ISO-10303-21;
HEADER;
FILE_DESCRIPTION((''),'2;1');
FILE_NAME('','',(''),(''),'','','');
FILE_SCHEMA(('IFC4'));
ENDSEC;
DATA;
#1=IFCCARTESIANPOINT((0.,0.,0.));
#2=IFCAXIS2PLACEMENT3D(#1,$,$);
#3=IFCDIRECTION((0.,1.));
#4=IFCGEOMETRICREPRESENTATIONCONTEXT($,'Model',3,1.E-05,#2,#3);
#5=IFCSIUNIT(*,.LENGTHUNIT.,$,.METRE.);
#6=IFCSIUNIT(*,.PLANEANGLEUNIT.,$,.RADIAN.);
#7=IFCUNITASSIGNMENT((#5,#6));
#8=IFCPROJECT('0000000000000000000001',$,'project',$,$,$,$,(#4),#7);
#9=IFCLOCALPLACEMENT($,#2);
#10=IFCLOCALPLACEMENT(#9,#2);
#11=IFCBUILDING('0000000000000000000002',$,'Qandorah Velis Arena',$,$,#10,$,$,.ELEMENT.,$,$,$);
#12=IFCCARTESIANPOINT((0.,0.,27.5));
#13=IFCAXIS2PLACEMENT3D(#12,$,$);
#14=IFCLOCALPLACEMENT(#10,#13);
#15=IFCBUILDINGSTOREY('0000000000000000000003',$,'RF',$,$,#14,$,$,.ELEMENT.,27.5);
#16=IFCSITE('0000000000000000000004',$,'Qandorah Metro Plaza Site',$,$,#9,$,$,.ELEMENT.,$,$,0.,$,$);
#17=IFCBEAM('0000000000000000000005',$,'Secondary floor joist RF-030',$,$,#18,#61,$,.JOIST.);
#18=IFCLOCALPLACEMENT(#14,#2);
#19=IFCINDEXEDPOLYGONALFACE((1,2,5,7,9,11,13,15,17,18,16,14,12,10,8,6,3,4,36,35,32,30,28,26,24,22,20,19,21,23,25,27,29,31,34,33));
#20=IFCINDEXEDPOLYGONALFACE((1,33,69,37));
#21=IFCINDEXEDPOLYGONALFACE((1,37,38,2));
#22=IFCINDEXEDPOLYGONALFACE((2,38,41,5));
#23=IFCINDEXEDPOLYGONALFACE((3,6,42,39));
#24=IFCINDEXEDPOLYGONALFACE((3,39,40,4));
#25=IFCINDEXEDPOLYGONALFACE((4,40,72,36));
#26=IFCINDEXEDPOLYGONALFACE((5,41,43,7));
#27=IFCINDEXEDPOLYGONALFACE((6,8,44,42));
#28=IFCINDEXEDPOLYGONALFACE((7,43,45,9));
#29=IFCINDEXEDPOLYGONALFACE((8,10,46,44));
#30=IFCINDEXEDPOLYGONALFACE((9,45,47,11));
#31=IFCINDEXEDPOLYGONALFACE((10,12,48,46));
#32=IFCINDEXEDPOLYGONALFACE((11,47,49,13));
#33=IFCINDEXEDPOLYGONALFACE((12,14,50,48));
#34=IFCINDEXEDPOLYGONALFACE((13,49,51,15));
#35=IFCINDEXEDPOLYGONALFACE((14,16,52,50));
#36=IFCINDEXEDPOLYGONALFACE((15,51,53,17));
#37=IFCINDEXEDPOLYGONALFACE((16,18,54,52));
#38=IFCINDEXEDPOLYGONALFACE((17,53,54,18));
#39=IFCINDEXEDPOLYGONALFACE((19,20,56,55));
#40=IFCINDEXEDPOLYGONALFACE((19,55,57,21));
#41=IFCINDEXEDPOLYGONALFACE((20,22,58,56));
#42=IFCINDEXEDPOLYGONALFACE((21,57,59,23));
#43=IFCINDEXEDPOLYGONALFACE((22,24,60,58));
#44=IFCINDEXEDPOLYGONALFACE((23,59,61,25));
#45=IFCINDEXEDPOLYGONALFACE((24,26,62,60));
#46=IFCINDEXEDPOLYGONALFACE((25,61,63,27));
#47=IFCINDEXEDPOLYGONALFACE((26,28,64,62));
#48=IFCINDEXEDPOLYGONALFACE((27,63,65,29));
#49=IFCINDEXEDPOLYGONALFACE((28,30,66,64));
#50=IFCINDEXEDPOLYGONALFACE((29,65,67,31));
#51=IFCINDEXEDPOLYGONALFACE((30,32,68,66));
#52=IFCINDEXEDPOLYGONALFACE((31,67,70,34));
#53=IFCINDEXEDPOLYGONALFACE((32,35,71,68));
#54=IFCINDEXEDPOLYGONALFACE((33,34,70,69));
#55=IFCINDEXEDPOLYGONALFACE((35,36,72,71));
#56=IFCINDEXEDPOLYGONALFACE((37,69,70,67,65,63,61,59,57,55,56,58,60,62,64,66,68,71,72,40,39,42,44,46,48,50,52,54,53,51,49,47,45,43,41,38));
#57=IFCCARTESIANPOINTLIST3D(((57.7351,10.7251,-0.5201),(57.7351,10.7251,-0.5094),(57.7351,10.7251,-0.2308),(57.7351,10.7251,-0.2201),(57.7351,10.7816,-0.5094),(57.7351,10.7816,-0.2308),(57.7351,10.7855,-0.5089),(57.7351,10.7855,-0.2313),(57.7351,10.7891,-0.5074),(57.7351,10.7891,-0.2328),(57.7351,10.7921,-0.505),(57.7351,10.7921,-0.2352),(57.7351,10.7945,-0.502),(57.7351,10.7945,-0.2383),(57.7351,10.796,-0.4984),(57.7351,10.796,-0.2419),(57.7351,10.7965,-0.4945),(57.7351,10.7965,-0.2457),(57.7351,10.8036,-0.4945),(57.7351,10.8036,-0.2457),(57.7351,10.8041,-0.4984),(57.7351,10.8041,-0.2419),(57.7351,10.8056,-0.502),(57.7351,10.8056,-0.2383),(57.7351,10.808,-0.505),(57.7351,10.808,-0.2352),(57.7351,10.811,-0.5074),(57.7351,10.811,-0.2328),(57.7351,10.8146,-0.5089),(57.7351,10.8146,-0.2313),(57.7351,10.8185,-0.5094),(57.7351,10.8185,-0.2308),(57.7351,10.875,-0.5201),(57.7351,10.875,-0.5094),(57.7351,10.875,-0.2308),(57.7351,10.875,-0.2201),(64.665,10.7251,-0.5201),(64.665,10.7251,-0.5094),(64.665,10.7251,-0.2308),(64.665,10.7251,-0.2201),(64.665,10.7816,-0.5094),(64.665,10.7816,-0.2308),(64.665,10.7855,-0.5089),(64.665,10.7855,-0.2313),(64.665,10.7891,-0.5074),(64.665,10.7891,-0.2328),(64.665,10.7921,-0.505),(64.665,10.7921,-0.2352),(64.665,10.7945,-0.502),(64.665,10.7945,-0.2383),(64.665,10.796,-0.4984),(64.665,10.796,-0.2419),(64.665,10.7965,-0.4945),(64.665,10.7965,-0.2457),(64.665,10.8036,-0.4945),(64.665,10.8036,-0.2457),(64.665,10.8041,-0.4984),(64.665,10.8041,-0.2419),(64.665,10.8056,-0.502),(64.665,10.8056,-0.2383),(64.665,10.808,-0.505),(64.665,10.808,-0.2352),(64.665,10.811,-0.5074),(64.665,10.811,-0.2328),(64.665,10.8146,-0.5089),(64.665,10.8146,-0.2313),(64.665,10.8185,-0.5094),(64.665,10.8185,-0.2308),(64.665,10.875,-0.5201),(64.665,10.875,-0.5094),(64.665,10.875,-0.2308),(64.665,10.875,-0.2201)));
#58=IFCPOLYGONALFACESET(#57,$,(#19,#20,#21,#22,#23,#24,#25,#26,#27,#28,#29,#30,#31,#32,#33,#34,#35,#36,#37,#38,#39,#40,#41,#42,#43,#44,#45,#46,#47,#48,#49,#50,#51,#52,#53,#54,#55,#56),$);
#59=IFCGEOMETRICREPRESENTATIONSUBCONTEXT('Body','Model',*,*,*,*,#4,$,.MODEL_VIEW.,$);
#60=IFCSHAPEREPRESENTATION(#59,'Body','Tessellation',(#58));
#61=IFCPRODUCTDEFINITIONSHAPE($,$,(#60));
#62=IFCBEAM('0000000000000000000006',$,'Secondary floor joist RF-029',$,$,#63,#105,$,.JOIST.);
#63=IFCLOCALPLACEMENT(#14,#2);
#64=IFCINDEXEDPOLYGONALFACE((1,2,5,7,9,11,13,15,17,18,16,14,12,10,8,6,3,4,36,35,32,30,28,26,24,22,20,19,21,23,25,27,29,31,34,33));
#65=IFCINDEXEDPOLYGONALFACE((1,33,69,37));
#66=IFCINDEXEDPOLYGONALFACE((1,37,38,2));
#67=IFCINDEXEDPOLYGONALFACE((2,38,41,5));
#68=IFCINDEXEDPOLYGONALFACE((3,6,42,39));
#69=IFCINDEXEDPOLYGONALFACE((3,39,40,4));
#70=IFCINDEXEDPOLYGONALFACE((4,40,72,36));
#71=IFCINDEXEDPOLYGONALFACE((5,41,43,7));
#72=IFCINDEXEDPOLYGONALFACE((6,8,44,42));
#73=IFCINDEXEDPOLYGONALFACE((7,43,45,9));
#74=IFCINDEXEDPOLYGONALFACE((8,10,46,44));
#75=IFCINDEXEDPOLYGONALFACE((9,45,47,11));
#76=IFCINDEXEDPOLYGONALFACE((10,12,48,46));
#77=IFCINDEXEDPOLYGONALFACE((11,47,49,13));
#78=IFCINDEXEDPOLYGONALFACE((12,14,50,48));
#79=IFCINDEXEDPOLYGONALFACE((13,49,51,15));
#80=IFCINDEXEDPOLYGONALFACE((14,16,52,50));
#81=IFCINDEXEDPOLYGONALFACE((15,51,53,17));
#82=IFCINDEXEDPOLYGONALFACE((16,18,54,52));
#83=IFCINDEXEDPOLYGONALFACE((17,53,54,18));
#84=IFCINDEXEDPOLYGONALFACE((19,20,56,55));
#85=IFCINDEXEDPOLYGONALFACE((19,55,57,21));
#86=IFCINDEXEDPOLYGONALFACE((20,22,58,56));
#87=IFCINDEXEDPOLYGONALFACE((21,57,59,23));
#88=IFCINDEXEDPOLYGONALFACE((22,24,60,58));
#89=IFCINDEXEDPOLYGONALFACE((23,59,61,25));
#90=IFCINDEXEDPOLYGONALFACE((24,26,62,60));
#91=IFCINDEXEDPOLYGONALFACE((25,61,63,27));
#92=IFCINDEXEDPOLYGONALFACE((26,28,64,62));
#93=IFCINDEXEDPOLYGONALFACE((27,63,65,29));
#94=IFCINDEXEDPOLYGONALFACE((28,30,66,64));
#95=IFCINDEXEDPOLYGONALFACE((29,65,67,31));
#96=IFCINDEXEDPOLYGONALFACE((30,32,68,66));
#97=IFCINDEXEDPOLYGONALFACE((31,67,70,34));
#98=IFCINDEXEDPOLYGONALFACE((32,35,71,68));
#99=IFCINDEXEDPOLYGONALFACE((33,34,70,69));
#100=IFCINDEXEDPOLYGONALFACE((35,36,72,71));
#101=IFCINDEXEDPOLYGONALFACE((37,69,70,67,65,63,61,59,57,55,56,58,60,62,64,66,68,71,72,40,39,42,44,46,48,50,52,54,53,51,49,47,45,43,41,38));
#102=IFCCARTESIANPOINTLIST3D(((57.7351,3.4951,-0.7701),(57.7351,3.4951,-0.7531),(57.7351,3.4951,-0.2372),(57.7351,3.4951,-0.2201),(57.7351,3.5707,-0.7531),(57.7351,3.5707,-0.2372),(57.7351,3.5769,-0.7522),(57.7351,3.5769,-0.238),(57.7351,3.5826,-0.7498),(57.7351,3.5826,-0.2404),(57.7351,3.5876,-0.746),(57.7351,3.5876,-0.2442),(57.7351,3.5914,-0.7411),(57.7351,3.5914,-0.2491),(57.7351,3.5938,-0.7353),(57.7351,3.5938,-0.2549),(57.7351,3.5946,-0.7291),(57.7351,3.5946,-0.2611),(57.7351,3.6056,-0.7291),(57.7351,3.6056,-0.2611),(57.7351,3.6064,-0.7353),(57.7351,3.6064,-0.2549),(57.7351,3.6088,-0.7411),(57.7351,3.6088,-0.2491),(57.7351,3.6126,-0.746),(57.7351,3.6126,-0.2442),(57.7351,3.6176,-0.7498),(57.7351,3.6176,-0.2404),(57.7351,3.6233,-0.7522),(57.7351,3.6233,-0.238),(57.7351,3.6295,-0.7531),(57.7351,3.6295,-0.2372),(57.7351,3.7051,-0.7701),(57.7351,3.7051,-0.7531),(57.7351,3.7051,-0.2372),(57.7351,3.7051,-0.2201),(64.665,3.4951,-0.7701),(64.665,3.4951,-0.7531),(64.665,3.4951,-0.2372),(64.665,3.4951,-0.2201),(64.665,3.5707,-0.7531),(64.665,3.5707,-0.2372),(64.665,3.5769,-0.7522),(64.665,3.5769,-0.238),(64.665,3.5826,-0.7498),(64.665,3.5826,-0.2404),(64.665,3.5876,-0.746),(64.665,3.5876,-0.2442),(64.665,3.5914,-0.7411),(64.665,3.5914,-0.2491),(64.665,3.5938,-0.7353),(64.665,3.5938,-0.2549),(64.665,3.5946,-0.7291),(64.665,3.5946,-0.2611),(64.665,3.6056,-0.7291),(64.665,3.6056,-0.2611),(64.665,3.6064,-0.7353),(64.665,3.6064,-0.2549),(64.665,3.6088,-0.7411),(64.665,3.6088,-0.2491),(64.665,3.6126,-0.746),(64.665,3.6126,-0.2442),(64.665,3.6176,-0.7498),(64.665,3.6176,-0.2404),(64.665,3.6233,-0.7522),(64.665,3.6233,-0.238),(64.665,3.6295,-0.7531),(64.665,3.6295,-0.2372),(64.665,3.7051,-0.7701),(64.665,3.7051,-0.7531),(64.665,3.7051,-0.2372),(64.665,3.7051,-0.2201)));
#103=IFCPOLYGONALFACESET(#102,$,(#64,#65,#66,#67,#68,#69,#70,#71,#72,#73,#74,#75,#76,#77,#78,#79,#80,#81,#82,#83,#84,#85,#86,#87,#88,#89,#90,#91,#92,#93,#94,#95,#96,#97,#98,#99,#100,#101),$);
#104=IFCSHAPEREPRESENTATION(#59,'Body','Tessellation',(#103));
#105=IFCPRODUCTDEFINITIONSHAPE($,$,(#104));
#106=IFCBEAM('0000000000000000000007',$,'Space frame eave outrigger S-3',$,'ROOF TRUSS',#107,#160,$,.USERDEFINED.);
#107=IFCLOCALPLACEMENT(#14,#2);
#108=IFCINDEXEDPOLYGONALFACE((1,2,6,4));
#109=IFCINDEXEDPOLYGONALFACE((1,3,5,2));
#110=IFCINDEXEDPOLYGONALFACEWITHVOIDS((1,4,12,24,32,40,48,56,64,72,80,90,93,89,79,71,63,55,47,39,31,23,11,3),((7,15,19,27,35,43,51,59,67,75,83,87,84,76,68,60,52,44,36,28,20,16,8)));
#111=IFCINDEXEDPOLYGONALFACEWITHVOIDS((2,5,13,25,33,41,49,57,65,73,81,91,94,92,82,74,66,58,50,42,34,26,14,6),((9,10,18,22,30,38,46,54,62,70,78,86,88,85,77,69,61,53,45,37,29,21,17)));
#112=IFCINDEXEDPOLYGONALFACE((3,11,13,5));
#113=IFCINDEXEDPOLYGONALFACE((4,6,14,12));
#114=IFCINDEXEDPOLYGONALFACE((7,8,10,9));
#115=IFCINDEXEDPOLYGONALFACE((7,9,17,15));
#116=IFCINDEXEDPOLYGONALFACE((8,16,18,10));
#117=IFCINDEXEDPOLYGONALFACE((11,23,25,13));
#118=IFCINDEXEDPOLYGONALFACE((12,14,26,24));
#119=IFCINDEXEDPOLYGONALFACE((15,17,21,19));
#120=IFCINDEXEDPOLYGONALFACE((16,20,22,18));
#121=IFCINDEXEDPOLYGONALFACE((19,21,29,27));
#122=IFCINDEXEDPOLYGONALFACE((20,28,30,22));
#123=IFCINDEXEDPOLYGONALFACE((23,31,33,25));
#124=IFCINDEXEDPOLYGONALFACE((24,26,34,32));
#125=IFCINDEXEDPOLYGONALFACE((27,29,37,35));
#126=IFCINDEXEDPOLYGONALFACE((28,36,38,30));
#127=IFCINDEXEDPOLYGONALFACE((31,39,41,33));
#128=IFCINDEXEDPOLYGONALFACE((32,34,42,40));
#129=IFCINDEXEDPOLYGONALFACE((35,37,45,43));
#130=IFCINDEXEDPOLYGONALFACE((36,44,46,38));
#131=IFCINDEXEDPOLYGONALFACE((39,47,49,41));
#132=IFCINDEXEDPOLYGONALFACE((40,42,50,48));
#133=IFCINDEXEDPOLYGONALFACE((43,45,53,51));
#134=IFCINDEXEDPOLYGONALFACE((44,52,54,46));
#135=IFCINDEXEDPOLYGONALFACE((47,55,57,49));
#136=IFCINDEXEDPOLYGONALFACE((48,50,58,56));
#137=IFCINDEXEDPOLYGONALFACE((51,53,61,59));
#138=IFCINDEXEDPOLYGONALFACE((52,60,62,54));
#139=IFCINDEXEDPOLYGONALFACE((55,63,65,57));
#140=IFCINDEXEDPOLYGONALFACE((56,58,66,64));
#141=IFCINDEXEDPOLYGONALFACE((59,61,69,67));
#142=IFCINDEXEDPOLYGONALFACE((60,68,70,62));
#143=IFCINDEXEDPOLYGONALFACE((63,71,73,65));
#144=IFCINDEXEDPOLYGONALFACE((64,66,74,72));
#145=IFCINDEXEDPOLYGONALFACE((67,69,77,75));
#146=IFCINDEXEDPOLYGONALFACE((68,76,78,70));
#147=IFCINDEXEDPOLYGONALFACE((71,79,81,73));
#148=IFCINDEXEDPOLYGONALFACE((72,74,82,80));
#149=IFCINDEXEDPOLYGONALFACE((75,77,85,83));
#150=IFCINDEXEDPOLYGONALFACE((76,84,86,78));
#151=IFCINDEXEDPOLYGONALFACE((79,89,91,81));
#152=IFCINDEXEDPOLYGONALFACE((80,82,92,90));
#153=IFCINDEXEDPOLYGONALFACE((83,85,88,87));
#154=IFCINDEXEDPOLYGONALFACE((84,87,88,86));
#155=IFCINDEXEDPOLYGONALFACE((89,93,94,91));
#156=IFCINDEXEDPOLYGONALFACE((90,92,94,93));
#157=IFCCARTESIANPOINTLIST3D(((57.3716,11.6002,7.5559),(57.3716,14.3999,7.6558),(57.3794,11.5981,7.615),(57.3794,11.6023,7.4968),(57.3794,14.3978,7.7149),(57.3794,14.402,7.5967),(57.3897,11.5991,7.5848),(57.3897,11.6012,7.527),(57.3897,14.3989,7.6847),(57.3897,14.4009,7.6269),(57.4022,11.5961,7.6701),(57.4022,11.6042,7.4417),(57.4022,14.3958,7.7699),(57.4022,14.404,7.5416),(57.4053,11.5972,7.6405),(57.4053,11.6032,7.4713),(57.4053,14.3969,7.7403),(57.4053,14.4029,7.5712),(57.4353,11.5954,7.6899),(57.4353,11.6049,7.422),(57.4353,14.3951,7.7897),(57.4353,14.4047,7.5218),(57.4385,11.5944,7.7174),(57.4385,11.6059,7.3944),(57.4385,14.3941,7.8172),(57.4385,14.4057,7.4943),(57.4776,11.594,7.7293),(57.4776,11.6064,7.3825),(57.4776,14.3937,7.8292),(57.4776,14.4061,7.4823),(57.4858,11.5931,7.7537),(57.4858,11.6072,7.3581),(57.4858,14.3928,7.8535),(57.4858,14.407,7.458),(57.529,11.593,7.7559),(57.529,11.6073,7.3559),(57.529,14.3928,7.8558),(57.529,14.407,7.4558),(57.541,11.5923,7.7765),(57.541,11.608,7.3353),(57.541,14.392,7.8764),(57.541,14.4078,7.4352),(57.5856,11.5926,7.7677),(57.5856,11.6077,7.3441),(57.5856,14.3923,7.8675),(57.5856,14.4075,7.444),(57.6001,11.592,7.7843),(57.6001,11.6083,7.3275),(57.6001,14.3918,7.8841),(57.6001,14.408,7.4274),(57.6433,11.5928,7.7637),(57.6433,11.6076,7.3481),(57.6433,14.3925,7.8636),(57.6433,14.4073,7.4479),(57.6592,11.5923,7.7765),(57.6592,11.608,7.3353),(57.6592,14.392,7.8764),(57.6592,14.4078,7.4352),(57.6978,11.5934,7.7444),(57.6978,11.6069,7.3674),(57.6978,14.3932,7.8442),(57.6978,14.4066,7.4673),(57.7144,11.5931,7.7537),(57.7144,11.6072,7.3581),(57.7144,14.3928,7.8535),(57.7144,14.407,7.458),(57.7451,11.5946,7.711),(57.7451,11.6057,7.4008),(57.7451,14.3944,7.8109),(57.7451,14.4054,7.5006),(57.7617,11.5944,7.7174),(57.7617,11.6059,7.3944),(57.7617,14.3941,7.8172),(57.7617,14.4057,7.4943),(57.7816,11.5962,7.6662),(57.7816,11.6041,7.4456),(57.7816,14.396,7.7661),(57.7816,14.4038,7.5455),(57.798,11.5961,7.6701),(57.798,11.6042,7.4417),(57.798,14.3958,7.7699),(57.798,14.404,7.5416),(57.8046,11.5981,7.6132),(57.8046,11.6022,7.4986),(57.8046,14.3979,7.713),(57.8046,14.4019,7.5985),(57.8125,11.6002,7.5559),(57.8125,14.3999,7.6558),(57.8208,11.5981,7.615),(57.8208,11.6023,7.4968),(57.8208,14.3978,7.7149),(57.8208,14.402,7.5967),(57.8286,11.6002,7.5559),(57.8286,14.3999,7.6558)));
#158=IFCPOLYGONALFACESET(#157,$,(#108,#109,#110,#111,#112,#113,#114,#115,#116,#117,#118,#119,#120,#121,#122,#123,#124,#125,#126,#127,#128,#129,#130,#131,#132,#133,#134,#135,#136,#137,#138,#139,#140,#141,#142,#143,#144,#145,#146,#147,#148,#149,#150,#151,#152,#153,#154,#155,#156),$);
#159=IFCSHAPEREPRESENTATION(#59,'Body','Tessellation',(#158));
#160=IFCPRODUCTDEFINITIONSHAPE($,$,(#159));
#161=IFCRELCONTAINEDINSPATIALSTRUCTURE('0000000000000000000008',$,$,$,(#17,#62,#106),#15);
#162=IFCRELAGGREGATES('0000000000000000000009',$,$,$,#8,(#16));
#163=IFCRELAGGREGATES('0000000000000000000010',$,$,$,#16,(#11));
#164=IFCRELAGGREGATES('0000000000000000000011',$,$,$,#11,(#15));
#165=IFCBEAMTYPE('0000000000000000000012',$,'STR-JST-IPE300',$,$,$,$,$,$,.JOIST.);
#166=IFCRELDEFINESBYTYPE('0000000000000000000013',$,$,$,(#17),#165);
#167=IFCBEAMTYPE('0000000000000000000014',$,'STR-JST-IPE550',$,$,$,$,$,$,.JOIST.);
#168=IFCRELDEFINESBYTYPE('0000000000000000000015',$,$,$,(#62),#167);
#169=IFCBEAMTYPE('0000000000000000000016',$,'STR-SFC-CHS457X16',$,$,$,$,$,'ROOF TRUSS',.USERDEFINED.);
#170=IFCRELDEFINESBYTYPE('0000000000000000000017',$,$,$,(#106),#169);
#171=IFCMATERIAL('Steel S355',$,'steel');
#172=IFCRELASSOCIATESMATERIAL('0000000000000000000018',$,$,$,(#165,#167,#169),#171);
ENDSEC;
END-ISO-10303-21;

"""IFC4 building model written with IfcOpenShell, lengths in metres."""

from ifc_helpers import new_model, si_unit, direction, frame, origin, origin_2d, place, context, subcontext, project, spatial, hollow_circle, i_section, extrude, material, material_profile, profile_set, type_object, element, save


model = new_model("IFC4")

# Units and contexts
model_context = context("Model", 3, precision=1e-05, world=origin(), true_north=direction((0.0, 1.0)))
body_context = subcontext(model_context, "Body", "Model", "MODEL_VIEW")
ifc_project = project(units=[si_unit("LENGTHUNIT", "METRE"), si_unit("PLANEANGLEUNIT", "RADIAN")], contexts=[model_context])

# Site, building, storey
site_placement = place(None, origin())
site = spatial("IfcSite", under=ifc_project, at=site_placement, Name="Qandorah Metro Plaza Site", CompositionType="ELEMENT", RefElevation=0.0)
building_placement = place(site_placement, origin())
building = spatial("IfcBuilding", under=site, at=building_placement, Name="Qandorah Velis Arena", CompositionType="ELEMENT")
storey_placement = place(building_placement, frame((0.0, 0.0, 27.5)))
storey = spatial("IfcBuildingStorey", under=building, at=storey_placement, Name="RF", CompositionType="ELEMENT", Elevation=27.5)

# Beams
ifc_material_1 = material(Name="Steel S355", Category="steel")
ifc_material_profile_1 = material_profile(ifc_material_1, i_section(OverallWidth=0.1499, OverallDepth=0.3, WebThickness=0.0071, FlangeThickness=0.0107, FilletRadius=0.0149, at=origin_2d()), Name="IPE 300")
ifc_profile_set_1 = profile_set([ifc_material_profile_1], Name="Steel S355")
beam_type_1 = type_object("IfcBeamType", Name="STR-JST-IPE300", PredefinedType="JOIST", material=ifc_profile_set_1)
beam_1_placement = place(storey_placement, frame((57.7351, 10.8, -0.3701), z_axis=(1.0, 0.0, 0.0), x_axis=(0.0, 1.0, 0.0)))
element("IfcBeam", 1, at=beam_1_placement, inside=storey, type_object=beam_type_1, Name="Secondary floor joist RF-030", PredefinedType="JOIST", context=body_context, shape_type="SweptSolid", body=[
    extrude(i_section(OverallWidth=0.1499, OverallDepth=0.3, WebThickness=0.0071, FlangeThickness=0.0107, FilletRadius=0.0149, at=origin_2d()), origin(), (0.0, 0.0, 1.0), 6.9299),
])
ifc_material_profile_2 = material_profile(ifc_material_1, i_section(OverallWidth=0.21, OverallDepth=0.55, WebThickness=0.011, FlangeThickness=0.0171, FilletRadius=0.0239, at=origin_2d()), Name="IPE 550")
ifc_profile_set_2 = profile_set([ifc_material_profile_2], Name="Steel S355")
beam_type_2 = type_object("IfcBeamType", Name="STR-JST-IPE550", PredefinedType="JOIST", material=ifc_profile_set_2)
beam_2_placement = place(storey_placement, frame((57.7351, 3.6001, -0.4951), z_axis=(1.0, 0.0, 0.0), x_axis=(0.0, 1.0, 0.0)))
element("IfcBeam", 2, at=beam_2_placement, inside=storey, type_object=beam_type_2, Name="Secondary floor joist RF-029", PredefinedType="JOIST", context=body_context, shape_type="SweptSolid", body=[
    extrude(i_section(OverallWidth=0.21, OverallDepth=0.55, WebThickness=0.011, FlangeThickness=0.0171, FilletRadius=0.0239, at=origin_2d()), origin(), (0.0, 0.0, 1.0), 6.9299),
])
ifc_material_profile_3 = material_profile(ifc_material_1, hollow_circle(Radius=0.2285, WallThickness=0.0161, at=origin_2d()), Name="CHS 457x16")
ifc_profile_set_3 = profile_set([ifc_material_profile_3], Name="Steel S355")
beam_type_3 = type_object("IfcBeamType", Name="STR-SFC-CHS457X16", ElementType="ROOF TRUSS", PredefinedType="USERDEFINED", material=ifc_profile_set_3)
beam_3_placement = place(storey_placement, frame((57.6001, 14.3999, 7.6558), z_axis=(0.0, -0.999365, -0.035642), x_axis=(1.0, 0.0, 0.0)))
element("IfcBeam", 3, at=beam_3_placement, inside=storey, type_object=beam_type_3, Name="Space frame eave outrigger S-3", ObjectType="ROOF TRUSS", PredefinedType="USERDEFINED", context=body_context, shape_type="SweptSolid", body=[
    extrude(hollow_circle(Radius=0.2285, WallThickness=0.0161, at=origin_2d()), origin(), (0.0, 0.0, 1.0), 2.8015),
])

save(model, "model.ifc")
